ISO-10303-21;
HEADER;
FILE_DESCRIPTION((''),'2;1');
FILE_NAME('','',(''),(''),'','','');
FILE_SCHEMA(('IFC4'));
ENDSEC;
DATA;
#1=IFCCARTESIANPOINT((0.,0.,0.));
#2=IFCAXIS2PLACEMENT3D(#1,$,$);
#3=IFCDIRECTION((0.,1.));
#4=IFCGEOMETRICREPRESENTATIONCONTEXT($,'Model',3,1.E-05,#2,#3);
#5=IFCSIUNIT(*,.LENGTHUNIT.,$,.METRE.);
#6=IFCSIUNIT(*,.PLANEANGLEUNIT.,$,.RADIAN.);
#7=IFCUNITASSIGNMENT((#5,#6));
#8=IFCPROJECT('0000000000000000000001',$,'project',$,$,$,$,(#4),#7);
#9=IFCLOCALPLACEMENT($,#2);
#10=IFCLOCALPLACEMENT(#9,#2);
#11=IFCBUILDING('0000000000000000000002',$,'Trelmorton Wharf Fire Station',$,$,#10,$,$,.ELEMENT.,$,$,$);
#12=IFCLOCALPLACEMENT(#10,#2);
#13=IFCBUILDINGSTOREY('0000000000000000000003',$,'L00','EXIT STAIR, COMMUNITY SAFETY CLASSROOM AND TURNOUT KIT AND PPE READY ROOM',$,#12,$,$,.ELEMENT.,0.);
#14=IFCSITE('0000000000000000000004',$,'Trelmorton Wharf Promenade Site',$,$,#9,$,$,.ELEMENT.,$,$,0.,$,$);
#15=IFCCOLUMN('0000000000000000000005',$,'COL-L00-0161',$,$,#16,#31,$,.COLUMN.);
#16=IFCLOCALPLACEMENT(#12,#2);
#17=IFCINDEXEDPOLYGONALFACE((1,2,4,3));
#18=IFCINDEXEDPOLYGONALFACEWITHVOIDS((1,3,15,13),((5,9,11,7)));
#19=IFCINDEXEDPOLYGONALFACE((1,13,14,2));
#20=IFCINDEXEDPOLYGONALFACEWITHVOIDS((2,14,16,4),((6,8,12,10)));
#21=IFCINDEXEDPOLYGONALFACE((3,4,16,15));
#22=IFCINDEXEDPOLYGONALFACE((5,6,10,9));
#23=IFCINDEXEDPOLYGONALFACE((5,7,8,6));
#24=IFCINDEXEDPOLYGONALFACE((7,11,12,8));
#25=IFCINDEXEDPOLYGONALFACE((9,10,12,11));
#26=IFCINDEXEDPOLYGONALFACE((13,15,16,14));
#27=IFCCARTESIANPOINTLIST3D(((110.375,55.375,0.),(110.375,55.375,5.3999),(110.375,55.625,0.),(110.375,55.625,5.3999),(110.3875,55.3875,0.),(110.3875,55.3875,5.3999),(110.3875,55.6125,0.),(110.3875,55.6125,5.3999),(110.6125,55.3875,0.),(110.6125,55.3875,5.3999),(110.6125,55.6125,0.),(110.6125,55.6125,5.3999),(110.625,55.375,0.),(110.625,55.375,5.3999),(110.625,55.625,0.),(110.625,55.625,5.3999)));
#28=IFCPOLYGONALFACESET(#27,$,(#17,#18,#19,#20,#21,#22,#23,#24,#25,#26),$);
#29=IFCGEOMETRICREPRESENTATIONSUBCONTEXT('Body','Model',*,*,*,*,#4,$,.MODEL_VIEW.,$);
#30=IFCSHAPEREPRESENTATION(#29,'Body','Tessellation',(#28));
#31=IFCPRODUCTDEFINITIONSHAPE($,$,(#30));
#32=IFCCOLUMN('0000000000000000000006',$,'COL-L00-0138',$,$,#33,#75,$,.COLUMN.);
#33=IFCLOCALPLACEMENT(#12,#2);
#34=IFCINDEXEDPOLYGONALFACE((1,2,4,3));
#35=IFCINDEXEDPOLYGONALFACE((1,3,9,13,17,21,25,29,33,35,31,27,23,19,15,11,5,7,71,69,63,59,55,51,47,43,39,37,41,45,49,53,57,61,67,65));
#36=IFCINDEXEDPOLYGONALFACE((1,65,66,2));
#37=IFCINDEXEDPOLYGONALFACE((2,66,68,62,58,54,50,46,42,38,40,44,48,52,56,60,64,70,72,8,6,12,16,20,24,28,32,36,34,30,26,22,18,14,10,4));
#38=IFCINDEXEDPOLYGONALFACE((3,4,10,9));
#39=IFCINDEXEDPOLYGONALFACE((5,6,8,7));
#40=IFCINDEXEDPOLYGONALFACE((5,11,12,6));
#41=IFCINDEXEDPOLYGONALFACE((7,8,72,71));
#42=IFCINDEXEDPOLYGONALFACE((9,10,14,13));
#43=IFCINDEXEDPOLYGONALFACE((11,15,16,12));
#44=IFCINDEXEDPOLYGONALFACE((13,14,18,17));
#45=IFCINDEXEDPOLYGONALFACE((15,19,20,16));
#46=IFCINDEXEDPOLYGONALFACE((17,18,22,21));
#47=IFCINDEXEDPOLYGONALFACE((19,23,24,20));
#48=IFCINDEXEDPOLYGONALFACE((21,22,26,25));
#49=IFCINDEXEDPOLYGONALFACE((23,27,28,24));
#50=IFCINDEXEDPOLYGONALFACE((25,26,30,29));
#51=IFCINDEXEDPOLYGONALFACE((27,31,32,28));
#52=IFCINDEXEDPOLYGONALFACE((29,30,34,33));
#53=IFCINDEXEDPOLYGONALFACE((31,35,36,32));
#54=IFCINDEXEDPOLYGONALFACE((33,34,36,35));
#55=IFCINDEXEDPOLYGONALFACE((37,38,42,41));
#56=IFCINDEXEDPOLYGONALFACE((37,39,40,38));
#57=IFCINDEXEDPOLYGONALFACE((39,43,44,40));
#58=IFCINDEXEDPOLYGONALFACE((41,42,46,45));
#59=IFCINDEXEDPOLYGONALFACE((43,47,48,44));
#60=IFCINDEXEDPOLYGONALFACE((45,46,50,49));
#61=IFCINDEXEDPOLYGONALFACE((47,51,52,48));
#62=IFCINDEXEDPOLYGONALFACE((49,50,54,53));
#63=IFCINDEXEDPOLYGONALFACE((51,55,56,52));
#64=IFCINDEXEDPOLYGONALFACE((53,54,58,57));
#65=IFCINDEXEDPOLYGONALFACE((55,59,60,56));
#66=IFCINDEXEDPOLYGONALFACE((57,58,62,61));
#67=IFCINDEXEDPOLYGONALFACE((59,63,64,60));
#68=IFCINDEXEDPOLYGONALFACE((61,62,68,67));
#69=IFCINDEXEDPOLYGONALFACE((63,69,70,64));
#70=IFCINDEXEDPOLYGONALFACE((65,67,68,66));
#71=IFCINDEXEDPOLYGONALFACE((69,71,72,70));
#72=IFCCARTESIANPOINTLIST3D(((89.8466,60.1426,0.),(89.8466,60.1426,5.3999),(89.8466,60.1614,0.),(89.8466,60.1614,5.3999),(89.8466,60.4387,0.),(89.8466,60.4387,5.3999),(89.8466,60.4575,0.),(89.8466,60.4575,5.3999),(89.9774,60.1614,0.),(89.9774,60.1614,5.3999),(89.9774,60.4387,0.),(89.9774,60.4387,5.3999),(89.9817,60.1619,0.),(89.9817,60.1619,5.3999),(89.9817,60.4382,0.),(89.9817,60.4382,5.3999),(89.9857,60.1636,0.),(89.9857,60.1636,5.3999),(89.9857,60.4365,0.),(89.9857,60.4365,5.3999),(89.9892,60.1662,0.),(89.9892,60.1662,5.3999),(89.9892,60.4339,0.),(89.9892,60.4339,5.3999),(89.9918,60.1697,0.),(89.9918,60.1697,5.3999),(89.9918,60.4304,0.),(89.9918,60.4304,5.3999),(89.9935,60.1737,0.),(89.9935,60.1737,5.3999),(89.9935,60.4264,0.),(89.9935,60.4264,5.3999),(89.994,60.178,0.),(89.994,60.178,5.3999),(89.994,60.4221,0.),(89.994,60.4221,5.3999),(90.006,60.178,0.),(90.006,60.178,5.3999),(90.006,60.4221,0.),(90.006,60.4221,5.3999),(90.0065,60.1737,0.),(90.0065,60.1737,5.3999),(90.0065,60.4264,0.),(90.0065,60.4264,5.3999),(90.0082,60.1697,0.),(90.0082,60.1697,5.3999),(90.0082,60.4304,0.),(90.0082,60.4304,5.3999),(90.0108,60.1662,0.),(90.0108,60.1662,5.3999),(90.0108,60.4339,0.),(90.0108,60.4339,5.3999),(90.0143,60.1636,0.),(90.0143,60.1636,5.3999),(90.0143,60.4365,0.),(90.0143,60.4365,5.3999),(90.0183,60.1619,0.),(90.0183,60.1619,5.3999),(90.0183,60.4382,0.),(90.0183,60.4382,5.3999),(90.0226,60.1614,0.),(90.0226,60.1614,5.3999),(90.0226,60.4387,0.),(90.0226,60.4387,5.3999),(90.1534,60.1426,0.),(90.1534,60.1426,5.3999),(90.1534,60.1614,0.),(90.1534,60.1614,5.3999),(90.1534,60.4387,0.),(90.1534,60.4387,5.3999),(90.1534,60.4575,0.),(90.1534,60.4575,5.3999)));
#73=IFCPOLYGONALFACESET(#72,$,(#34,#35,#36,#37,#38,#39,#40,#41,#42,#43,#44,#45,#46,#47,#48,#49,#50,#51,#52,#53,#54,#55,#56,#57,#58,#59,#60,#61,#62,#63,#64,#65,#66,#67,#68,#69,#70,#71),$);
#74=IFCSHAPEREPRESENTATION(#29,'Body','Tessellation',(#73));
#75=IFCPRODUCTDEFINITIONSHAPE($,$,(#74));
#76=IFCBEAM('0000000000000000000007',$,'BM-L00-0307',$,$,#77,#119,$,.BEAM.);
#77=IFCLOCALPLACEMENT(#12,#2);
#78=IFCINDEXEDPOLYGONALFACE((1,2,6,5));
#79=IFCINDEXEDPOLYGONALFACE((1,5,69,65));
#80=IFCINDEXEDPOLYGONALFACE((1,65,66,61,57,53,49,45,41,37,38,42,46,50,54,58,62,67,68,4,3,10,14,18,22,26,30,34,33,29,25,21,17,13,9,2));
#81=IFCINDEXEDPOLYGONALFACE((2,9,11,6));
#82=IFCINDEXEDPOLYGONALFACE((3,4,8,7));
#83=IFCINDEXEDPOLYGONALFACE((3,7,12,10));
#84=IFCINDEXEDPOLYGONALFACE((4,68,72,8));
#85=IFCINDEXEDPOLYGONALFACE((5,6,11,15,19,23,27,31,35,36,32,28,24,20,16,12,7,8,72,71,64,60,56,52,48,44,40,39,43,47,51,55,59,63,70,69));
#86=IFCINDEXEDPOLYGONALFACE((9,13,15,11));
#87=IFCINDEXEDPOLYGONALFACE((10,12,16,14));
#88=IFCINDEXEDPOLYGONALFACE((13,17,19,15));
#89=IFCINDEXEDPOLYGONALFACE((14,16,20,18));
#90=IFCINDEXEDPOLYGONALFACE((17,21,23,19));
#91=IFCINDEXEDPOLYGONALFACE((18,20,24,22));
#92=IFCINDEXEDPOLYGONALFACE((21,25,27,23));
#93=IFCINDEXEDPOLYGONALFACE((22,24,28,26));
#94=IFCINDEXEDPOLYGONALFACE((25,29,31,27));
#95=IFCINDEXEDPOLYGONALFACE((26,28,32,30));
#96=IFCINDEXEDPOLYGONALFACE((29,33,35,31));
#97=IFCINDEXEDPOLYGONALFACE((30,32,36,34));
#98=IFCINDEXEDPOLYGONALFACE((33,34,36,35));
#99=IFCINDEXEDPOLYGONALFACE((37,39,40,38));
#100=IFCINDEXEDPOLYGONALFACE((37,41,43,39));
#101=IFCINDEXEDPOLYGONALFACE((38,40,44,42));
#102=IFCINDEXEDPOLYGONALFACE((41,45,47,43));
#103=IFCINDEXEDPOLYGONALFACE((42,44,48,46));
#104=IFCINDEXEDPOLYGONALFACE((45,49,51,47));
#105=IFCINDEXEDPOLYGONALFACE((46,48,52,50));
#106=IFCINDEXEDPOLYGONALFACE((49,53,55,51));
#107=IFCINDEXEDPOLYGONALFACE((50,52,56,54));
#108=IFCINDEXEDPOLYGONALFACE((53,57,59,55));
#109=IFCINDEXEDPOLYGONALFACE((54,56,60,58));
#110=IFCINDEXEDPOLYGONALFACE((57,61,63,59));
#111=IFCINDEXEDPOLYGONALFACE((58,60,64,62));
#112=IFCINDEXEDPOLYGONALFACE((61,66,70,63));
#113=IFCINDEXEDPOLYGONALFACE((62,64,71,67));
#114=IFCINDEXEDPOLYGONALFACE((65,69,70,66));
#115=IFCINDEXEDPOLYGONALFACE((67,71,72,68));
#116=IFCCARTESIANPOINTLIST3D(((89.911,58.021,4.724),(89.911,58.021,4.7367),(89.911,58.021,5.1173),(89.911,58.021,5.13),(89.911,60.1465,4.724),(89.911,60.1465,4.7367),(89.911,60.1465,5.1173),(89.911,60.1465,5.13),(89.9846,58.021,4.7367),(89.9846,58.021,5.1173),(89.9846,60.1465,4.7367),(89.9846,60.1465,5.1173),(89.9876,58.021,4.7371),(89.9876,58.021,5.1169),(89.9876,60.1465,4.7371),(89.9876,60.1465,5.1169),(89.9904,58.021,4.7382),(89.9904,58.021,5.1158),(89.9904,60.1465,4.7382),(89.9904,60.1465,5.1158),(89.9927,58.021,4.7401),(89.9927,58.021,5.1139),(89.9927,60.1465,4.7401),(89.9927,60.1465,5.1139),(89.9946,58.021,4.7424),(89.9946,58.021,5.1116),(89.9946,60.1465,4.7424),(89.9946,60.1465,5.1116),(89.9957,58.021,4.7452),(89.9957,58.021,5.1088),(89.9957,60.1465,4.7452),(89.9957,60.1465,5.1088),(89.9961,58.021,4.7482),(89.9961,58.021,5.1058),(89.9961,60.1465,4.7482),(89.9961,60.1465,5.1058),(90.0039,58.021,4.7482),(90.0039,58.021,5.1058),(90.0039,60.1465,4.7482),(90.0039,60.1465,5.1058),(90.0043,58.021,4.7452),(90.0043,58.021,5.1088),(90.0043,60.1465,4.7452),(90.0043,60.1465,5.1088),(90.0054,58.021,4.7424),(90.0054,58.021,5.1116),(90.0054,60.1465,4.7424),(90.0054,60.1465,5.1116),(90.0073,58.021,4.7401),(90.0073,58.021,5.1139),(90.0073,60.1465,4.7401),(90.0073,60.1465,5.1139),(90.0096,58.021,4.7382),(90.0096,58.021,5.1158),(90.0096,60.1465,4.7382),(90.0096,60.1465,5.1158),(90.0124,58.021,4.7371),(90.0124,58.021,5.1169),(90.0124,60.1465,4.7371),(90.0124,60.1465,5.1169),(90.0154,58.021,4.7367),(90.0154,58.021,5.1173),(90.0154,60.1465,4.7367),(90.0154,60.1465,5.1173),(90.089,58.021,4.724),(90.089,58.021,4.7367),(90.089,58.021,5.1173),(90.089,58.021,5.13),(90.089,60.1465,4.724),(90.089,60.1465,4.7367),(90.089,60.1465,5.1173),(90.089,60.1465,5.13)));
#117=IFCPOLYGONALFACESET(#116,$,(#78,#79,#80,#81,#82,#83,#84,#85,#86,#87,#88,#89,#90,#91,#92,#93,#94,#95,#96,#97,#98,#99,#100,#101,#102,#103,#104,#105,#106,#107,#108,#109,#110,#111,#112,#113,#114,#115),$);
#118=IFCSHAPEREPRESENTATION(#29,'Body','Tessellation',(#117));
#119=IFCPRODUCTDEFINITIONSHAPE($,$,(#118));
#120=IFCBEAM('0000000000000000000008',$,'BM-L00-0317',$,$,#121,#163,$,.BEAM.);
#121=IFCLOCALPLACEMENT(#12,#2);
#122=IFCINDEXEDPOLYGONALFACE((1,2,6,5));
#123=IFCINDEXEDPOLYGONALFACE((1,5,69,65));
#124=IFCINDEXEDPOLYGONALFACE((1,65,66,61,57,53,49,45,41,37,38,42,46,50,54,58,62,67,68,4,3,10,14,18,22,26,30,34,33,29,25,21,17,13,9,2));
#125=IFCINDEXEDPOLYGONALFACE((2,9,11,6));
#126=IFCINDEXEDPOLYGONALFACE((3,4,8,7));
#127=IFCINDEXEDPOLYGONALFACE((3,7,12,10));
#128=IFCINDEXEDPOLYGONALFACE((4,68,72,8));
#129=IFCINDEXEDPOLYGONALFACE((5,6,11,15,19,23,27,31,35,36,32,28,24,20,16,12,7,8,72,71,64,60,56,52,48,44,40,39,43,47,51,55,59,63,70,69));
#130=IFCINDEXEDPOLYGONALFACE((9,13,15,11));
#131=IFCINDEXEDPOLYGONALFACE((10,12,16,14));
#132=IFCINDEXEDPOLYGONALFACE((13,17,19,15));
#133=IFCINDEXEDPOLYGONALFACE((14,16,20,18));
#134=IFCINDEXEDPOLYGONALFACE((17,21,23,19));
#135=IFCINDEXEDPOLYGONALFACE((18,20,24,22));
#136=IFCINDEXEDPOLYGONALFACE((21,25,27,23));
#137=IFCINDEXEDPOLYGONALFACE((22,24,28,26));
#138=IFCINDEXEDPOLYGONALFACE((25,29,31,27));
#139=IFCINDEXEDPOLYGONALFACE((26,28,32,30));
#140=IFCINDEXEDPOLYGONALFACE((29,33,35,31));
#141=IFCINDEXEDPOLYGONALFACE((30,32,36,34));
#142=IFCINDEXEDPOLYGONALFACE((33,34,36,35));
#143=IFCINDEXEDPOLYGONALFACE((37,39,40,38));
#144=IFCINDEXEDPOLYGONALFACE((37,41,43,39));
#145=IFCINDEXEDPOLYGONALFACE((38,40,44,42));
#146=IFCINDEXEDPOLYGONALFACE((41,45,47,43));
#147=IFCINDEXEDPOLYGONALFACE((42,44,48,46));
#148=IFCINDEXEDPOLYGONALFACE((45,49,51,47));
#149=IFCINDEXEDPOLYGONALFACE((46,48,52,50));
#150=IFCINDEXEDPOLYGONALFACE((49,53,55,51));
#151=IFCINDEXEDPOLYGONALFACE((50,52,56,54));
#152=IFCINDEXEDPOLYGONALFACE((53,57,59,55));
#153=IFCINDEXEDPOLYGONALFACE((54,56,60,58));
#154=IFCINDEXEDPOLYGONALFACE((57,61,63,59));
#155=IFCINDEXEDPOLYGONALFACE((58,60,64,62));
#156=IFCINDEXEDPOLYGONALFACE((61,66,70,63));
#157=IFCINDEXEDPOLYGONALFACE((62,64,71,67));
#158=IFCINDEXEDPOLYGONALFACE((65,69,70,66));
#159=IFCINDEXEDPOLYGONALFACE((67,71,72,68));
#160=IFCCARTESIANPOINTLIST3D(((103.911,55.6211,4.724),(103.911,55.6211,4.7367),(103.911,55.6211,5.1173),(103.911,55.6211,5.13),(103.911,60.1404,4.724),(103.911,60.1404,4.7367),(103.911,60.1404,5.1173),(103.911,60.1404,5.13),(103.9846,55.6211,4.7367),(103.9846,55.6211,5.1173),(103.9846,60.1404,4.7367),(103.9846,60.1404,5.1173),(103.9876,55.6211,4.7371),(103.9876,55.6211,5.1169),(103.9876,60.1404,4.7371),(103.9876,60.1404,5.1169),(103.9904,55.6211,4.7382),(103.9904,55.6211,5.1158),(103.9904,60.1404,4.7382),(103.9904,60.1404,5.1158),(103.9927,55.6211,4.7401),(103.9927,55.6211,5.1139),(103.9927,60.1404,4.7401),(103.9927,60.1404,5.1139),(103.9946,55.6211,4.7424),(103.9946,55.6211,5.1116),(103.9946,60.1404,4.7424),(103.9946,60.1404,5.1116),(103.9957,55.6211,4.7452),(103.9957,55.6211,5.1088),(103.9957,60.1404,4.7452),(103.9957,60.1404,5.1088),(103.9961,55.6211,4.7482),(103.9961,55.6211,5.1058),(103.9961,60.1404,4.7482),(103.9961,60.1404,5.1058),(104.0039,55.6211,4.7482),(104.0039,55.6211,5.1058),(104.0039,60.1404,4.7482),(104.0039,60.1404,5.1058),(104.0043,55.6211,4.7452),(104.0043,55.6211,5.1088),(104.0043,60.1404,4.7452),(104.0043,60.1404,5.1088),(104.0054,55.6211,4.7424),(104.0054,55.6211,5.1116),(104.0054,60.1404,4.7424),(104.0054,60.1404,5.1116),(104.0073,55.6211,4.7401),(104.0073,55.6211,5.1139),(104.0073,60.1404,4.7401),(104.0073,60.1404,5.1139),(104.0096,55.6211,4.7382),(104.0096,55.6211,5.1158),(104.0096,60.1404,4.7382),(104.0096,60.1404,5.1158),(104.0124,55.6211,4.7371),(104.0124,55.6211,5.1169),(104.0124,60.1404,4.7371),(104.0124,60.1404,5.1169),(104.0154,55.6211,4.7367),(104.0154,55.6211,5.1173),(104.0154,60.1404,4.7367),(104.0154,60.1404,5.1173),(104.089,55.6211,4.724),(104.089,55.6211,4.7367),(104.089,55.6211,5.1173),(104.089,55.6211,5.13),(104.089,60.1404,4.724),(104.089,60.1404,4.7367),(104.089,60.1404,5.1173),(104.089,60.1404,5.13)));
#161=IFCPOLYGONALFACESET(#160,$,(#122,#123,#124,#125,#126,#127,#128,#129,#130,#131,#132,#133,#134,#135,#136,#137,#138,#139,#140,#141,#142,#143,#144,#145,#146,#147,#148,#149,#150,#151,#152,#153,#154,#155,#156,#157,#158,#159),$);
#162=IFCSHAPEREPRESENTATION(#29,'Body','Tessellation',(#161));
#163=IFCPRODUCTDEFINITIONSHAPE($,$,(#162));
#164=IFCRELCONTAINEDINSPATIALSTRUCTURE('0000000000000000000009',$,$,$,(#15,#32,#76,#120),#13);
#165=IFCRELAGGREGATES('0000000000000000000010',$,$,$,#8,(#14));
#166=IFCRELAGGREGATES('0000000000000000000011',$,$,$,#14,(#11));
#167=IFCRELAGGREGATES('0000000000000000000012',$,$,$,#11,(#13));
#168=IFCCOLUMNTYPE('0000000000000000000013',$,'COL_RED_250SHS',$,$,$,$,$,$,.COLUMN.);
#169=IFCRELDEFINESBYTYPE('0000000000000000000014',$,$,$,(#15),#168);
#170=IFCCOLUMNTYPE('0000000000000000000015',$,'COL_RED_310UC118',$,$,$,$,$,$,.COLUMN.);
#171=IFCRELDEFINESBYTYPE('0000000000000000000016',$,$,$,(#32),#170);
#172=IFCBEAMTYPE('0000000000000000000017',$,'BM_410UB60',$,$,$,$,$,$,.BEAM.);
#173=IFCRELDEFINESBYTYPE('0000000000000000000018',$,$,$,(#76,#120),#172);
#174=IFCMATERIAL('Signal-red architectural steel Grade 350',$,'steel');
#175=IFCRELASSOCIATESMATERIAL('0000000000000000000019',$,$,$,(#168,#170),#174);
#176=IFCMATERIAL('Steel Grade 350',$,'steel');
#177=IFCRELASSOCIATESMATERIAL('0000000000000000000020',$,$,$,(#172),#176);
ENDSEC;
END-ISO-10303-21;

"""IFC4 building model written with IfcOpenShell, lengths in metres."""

from ifc_helpers import new_model, si_unit, direction, frame, origin, origin_2d, place, context, subcontext, project, spatial, hollow_rectangle, i_section, extrude, material, material_profile, profile_set, type_object, element, save


model = new_model("IFC4")

# Units and contexts
model_context = context("Model", 3, precision=1e-05, world=origin(), true_north=direction((0.0, 1.0)))
body_context = subcontext(model_context, "Body", "Model", "MODEL_VIEW")
ifc_project = project(units=[si_unit("LENGTHUNIT", "METRE"), si_unit("PLANEANGLEUNIT", "RADIAN")], contexts=[model_context])

# Site, building, storey
site_placement = place(None, origin())
site = spatial("IfcSite", under=ifc_project, at=site_placement, Name="Trelmorton Wharf Promenade Site", CompositionType="ELEMENT", RefElevation=0.0)
building_placement = place(site_placement, origin())
building = spatial("IfcBuilding", under=site, at=building_placement, Name="Trelmorton Wharf Fire Station", CompositionType="ELEMENT")
storey_placement = place(building_placement, origin())
storey = spatial("IfcBuildingStorey", under=building, at=storey_placement, Name="L00", Description="EXIT STAIR, COMMUNITY SAFETY CLASSROOM AND TURNOUT KIT AND PPE READY ROOM", CompositionType="ELEMENT", Elevation=0.0)

# Columns
ifc_material_1 = material(Name="Signal-red architectural steel Grade 350", Category="steel")
ifc_material_profile_1 = material_profile(ifc_material_1, hollow_rectangle(XDim=0.25, YDim=0.25, WallThickness=0.0125, at=origin_2d()), Name="250x250x12.5SHS")
ifc_profile_set_1 = profile_set([ifc_material_profile_1], Name="Signal-red architectural steel Grade 350")
column_type_1 = type_object("IfcColumnType", Name="COL_RED_250SHS", PredefinedType="COLUMN", material=ifc_profile_set_1)
for number, where, z_axis, x_axis, name in (
    (1, (110.5, 55.5, 0.0), (0.0, 0.0, 1.0), (1.0, 0.0, 0.0), "COL-L00-0161"),
):
    element("IfcColumn", number, at=place(storey_placement, frame(where, z_axis=z_axis, x_axis=x_axis)), inside=storey, type_object=column_type_1, Name=name, PredefinedType="COLUMN", context=body_context, shape_type="SweptSolid", body=[
        extrude(hollow_rectangle(XDim=0.25, YDim=0.25, WallThickness=0.0125, at=origin_2d()), origin(), (0.0, 0.0, 1.0), 5.3999),
    ])
ifc_material_profile_2 = material_profile(ifc_material_1, i_section(OverallWidth=0.3069, OverallDepth=0.3149, WebThickness=0.012, FlangeThickness=0.0188, FilletRadius=0.0166, at=origin_2d()), Name="310UC118")
ifc_profile_set_2 = profile_set([ifc_material_profile_2], Name="Signal-red architectural steel Grade 350")
column_type_2 = type_object("IfcColumnType", Name="COL_RED_310UC118", PredefinedType="COLUMN", material=ifc_profile_set_2)
column_placement = place(storey_placement, frame((90.0, 60.3, 0.0), z_axis=(0.0, 0.0, 1.0), x_axis=(1.0, 0.0, 0.0)))
element("IfcColumn", 2, at=column_placement, inside=storey, type_object=column_type_2, Name="COL-L00-0138", PredefinedType="COLUMN", context=body_context, shape_type="SweptSolid", body=[
    extrude(i_section(OverallWidth=0.3069, OverallDepth=0.3149, WebThickness=0.012, FlangeThickness=0.0188, FilletRadius=0.0166, at=origin_2d()), origin(), (0.0, 0.0, 1.0), 5.3999),
])

# Beams
ifc_material_2 = material(Name="Steel Grade 350", Category="steel")
ifc_material_profile_3 = material_profile(ifc_material_2, i_section(OverallWidth=0.178, OverallDepth=0.406, WebThickness=0.0078, FlangeThickness=0.0127, FilletRadius=0.0115, at=origin_2d()), Name="410UB59.7")
ifc_profile_set_3 = profile_set([ifc_material_profile_3], Name="Steel Grade 350")
beam_type_1 = type_object("IfcBeamType", Name="BM_410UB60", PredefinedType="BEAM", material=ifc_profile_set_3)
beam_1_placement = place(storey_placement, frame((90.0, 58.021, 4.927), z_axis=(0.0, 1.0, 0.0), x_axis=(-1.0, 0.0, 0.0)))
element("IfcBeam", 3, at=beam_1_placement, inside=storey, type_object=beam_type_1, Name="BM-L00-0307", PredefinedType="BEAM", context=body_context, shape_type="SweptSolid", body=[
    extrude(i_section(OverallWidth=0.178, OverallDepth=0.406, WebThickness=0.0078, FlangeThickness=0.0127, FilletRadius=0.0115, at=origin_2d()), origin(), (0.0, 0.0, 1.0), 2.1255),
])
for number, where, z_axis, x_axis, name in (
    (4, (104.0, 55.6211, 4.927), (0.0, 1.0, 0.0), (-1.0, 0.0, 0.0), "BM-L00-0317"),
):
    element("IfcBeam", number, at=place(storey_placement, frame(where, z_axis=z_axis, x_axis=x_axis)), inside=storey, type_object=beam_type_1, Name=name, PredefinedType="BEAM", context=body_context, shape_type="SweptSolid", body=[
        extrude(i_section(OverallWidth=0.178, OverallDepth=0.406, WebThickness=0.0078, FlangeThickness=0.0127, FilletRadius=0.0115, at=origin_2d()), origin(), (0.0, 0.0, 1.0), 4.5193),
    ])

save(model, "model.ifc")
